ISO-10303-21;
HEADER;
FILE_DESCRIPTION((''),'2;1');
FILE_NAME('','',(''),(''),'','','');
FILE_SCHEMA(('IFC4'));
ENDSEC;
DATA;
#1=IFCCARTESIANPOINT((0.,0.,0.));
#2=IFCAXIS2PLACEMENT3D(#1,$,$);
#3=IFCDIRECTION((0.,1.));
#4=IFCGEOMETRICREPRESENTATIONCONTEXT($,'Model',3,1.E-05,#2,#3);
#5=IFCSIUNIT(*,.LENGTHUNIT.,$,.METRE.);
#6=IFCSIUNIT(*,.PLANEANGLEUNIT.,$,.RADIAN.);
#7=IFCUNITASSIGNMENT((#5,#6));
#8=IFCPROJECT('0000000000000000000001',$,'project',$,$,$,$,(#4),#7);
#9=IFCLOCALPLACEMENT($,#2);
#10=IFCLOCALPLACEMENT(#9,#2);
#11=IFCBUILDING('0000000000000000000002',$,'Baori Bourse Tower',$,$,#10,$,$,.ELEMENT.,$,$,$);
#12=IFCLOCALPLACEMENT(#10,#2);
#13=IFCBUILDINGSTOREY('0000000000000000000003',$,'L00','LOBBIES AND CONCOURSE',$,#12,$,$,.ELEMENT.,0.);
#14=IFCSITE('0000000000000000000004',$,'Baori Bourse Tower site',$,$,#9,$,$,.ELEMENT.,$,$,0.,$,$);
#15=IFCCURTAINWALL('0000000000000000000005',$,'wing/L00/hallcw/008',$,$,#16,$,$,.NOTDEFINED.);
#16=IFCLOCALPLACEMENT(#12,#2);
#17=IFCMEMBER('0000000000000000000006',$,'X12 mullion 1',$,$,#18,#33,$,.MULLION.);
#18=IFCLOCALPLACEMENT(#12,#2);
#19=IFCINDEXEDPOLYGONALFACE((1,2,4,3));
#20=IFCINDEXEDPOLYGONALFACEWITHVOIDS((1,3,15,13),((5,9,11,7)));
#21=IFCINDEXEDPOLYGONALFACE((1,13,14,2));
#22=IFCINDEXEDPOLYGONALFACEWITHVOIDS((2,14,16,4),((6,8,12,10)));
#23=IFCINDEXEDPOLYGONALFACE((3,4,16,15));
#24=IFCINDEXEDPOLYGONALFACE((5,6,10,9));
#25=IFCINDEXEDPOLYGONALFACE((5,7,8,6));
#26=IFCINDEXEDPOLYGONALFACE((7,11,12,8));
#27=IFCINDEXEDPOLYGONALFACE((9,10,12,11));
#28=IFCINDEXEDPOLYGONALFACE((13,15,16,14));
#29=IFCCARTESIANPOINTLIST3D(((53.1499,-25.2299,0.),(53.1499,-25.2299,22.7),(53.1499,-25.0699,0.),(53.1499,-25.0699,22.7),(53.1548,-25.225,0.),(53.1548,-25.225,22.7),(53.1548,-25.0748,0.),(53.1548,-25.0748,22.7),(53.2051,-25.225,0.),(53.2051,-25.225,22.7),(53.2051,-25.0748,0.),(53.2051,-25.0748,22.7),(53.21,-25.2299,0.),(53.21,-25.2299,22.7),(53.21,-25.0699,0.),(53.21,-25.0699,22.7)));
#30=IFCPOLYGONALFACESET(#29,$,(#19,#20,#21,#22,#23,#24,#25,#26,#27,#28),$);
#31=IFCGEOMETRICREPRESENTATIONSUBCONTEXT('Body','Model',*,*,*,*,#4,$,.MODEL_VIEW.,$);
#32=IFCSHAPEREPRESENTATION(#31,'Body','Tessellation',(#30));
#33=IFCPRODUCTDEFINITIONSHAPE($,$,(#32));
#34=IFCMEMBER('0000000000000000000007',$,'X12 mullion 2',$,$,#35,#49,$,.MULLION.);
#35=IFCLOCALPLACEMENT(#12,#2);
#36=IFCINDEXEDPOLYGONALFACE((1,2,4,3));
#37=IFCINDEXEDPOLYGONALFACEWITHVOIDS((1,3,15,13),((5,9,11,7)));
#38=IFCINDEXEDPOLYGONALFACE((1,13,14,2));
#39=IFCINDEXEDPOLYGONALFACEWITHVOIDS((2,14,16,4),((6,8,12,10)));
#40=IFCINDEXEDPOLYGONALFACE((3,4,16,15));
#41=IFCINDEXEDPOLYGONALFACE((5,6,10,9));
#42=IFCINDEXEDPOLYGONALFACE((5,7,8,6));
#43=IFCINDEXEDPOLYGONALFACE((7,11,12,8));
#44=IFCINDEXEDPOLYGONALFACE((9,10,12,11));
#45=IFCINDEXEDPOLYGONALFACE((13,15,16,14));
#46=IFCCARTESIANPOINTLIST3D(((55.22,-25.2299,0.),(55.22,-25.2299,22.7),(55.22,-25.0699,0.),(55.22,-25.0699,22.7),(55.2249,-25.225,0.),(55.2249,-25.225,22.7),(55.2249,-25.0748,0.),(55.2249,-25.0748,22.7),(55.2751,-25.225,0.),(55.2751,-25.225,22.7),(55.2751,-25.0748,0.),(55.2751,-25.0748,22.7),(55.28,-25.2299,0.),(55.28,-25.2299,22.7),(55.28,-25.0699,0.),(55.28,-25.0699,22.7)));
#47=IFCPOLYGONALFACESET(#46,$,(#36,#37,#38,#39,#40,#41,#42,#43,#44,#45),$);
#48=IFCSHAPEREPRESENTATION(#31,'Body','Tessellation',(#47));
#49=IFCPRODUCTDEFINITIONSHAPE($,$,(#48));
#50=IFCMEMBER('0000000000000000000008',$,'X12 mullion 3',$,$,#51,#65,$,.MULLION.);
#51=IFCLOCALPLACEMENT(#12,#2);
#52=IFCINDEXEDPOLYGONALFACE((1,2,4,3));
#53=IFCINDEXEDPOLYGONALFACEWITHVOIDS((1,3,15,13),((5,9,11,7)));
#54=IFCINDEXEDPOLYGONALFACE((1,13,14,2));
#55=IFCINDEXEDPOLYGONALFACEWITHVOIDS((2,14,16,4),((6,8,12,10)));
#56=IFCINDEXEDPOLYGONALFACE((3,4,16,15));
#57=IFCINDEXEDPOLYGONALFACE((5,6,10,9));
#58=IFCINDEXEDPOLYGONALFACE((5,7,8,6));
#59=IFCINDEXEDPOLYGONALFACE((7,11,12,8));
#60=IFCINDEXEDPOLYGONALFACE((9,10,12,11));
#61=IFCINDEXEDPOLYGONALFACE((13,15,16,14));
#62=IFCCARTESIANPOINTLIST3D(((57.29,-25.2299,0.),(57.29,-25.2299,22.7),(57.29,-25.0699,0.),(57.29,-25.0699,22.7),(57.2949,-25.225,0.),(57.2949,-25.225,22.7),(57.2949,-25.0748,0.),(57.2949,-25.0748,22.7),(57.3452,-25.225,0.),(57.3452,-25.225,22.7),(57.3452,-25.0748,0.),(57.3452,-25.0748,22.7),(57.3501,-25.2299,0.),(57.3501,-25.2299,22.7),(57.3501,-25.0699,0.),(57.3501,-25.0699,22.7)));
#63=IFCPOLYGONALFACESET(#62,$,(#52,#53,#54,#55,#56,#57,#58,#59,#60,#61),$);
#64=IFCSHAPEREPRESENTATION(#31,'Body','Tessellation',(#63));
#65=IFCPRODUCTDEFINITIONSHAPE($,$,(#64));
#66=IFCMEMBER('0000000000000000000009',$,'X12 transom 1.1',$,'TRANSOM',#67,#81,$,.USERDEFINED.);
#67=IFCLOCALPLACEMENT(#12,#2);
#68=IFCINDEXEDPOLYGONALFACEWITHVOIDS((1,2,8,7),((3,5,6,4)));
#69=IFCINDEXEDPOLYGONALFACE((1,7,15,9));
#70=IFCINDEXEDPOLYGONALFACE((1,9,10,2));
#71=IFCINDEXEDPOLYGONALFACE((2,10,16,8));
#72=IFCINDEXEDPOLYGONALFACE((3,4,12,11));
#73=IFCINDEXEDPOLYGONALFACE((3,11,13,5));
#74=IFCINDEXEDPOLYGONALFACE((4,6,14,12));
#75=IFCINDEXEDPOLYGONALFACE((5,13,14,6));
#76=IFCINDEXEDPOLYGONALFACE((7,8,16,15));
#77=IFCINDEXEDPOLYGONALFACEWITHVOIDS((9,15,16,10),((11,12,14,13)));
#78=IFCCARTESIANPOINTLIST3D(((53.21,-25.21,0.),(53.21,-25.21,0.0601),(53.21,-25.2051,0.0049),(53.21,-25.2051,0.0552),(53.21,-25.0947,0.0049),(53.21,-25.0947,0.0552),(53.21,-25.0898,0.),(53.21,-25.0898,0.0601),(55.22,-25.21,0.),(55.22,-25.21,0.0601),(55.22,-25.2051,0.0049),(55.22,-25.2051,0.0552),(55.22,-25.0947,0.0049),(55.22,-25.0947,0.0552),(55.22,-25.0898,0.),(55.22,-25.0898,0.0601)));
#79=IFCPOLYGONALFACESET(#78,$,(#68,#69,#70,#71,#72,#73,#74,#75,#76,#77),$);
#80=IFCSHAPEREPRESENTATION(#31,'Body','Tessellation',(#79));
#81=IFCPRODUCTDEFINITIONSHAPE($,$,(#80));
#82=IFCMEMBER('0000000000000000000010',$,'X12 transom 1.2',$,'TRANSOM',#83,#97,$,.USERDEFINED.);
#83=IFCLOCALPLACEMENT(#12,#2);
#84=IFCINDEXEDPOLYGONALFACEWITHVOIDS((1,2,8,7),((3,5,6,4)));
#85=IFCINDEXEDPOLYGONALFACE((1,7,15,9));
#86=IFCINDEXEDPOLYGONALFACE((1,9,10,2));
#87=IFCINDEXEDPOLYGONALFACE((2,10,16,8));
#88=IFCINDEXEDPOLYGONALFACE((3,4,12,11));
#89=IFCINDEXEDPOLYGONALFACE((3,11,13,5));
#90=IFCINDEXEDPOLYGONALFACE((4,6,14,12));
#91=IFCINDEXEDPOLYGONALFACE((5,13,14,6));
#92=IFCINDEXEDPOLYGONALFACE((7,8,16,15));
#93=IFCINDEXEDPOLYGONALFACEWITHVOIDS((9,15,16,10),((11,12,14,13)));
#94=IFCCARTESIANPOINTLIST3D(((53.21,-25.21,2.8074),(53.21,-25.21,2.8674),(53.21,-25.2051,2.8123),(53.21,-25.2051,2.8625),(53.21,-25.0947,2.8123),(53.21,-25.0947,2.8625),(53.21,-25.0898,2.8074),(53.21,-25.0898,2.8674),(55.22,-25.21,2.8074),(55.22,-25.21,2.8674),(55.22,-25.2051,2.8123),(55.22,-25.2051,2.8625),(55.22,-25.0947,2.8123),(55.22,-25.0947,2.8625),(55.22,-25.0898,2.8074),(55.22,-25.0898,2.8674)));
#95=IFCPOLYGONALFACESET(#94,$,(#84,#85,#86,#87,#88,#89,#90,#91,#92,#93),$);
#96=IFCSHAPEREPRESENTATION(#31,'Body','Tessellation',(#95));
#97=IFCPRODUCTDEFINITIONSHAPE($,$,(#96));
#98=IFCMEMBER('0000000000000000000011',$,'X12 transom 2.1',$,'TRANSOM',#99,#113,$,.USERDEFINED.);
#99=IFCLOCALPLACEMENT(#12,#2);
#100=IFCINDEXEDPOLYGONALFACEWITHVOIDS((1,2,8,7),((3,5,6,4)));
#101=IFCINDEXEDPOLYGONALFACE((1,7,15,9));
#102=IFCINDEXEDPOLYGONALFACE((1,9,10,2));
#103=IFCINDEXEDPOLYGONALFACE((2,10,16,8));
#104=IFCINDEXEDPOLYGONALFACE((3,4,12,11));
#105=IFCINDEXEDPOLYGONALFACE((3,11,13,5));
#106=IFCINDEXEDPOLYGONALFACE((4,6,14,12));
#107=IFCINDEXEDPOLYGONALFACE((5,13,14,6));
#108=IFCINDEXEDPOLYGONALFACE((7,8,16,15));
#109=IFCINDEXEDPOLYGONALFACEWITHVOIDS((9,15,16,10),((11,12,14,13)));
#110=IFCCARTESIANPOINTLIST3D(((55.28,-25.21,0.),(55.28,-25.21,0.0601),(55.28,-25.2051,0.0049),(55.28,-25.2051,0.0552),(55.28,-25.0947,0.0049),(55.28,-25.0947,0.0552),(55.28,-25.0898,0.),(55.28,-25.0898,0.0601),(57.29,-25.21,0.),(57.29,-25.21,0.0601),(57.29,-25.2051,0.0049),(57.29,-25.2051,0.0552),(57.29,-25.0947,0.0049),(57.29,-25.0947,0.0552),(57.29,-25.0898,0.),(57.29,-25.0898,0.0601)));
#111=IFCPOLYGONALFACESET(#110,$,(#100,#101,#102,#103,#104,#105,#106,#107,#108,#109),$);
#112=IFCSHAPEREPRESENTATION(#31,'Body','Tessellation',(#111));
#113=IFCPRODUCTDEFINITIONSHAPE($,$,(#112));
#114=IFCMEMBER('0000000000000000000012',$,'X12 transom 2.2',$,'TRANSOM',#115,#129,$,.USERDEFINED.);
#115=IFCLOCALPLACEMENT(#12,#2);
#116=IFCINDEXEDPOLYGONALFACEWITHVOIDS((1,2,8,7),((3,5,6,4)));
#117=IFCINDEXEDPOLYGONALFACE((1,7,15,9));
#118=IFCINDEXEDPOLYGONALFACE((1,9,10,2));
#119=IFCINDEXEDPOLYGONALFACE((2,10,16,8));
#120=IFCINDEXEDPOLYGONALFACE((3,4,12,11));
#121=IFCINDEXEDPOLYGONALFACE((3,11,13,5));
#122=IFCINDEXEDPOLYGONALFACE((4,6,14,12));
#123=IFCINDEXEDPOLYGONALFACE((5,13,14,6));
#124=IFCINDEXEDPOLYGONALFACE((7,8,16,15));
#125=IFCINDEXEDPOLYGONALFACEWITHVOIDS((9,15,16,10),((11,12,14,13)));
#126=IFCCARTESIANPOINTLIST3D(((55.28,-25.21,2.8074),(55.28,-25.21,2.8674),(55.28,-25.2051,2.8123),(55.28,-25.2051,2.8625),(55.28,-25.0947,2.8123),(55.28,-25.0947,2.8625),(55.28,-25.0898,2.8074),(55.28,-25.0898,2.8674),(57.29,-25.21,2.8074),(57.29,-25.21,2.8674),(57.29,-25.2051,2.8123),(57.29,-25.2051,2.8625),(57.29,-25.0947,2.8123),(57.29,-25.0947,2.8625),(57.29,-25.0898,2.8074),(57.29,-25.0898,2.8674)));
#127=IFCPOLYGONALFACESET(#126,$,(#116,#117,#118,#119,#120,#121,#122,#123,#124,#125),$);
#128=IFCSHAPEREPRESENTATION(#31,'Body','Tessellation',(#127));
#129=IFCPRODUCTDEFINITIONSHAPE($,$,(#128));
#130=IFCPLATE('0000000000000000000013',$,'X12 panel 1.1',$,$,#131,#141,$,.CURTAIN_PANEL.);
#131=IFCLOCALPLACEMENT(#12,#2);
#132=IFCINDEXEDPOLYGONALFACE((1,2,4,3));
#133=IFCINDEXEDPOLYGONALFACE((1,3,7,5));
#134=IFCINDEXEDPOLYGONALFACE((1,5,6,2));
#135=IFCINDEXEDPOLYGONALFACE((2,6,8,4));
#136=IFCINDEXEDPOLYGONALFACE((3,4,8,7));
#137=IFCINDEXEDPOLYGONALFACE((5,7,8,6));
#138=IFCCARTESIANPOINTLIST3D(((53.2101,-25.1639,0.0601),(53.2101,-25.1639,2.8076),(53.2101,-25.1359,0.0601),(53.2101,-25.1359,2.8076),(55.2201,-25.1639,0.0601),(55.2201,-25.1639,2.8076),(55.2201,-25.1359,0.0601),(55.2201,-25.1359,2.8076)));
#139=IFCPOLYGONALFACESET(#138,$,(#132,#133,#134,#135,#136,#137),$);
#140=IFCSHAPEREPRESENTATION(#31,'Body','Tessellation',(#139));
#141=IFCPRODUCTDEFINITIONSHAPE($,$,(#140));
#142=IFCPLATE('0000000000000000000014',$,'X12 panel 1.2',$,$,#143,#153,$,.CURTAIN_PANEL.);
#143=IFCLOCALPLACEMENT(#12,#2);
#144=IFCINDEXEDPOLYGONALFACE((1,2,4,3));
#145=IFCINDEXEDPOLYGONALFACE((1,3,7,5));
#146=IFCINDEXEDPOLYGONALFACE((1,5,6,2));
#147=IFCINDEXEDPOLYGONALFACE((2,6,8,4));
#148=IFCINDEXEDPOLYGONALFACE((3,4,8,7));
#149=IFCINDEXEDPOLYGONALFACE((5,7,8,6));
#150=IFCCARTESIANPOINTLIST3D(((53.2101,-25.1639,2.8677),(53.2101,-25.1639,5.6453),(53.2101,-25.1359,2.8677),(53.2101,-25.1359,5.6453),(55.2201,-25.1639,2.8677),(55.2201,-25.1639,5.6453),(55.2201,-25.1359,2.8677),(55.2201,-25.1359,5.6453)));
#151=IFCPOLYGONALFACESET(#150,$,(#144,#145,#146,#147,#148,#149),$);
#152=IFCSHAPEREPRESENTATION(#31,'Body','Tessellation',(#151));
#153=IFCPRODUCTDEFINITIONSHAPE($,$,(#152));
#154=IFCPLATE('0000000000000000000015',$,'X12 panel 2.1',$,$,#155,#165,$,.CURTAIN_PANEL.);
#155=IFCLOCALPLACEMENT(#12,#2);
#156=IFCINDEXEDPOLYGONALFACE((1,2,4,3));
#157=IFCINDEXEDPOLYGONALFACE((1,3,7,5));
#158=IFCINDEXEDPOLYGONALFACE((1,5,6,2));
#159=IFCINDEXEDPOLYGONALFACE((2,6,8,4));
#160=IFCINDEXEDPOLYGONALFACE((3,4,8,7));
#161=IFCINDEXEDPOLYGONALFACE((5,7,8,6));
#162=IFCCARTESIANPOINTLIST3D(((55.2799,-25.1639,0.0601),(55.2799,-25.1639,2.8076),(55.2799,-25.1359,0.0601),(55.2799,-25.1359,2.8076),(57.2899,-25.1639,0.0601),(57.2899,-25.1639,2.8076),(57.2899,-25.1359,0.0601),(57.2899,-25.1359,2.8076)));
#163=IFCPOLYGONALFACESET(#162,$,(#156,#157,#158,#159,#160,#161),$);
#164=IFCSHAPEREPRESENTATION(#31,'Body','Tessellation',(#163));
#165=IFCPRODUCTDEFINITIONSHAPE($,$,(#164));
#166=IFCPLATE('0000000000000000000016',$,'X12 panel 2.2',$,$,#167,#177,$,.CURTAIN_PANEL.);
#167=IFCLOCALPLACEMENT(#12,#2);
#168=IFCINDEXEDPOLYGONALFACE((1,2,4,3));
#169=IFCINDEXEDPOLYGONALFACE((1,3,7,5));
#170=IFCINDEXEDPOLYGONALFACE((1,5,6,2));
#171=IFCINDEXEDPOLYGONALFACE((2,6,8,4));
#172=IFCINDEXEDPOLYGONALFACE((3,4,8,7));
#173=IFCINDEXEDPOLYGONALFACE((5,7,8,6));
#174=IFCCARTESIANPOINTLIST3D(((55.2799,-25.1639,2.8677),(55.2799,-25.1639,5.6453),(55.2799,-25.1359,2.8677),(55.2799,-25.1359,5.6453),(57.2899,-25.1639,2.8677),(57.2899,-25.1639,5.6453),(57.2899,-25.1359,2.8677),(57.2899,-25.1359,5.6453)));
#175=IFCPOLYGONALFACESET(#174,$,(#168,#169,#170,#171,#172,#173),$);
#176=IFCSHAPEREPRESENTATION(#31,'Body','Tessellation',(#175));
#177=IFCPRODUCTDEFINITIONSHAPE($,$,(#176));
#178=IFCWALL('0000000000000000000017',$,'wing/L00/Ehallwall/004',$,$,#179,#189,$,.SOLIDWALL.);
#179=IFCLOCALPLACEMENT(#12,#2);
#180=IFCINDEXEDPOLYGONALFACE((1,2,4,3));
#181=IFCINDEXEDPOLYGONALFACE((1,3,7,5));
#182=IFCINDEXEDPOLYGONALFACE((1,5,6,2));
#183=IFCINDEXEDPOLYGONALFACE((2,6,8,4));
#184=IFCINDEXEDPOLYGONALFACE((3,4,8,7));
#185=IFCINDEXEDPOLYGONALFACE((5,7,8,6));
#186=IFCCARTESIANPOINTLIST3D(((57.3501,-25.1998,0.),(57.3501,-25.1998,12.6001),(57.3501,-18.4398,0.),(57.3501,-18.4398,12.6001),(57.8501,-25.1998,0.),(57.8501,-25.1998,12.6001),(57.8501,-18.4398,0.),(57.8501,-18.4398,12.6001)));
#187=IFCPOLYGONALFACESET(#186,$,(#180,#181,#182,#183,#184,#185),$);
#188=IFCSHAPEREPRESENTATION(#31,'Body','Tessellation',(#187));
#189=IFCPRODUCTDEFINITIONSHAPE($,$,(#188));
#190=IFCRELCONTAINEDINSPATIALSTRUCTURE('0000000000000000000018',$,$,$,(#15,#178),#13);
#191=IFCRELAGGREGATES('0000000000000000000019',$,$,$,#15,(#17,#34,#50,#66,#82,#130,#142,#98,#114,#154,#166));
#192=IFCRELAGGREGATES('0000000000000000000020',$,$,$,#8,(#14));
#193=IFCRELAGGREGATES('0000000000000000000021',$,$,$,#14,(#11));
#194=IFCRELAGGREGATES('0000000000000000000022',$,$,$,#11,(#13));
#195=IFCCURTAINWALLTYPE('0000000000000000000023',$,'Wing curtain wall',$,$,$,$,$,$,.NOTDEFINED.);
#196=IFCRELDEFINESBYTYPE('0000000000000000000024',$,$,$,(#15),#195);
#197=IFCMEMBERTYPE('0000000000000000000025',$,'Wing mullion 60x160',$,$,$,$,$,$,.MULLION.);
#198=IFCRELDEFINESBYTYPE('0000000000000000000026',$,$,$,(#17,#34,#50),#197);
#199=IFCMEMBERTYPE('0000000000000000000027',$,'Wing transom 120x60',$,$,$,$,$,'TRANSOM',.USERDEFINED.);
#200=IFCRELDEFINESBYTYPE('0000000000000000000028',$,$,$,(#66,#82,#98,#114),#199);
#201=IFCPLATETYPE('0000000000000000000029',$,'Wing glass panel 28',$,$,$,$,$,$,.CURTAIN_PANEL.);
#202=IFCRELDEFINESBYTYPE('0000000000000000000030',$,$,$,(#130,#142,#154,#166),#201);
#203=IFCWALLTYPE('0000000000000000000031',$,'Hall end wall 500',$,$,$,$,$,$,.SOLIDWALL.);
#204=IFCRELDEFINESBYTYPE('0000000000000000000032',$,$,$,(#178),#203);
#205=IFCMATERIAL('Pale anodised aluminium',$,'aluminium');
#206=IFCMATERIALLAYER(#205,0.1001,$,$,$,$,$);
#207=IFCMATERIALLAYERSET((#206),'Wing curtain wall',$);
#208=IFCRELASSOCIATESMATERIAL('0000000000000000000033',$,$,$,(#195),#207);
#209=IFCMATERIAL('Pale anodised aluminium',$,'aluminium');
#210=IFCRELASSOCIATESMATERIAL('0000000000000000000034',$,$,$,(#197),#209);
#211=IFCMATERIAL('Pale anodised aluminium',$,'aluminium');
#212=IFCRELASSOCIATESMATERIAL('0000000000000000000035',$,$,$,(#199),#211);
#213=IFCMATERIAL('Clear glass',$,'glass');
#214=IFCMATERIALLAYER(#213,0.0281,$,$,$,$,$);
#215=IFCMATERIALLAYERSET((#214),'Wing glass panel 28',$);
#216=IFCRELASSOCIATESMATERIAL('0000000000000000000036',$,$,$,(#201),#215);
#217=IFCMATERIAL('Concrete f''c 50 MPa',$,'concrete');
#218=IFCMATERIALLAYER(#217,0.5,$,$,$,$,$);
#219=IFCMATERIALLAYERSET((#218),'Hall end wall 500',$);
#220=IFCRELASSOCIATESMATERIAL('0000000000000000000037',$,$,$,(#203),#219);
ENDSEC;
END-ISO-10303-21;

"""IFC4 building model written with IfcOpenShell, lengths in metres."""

from ifc_helpers import new_model, si_unit, direction, frame, frame_2d, origin, origin_2d, place, context, subcontext, project, spatial, rectangle, hollow_rectangle, extrude, material, layer, layer_set, material_profile, profile_set, type_object, element, aggregate, save


model = new_model("IFC4")

# Units and contexts
model_context = context("Model", 3, precision=1e-05, world=origin(), true_north=direction((0.0, 1.0)))
body_context = subcontext(model_context, "Body", "Model", "MODEL_VIEW")
ifc_project = project(units=[si_unit("LENGTHUNIT", "METRE"), si_unit("PLANEANGLEUNIT", "RADIAN")], contexts=[model_context])

# Site, building, storey
site_placement = place(None, origin())
site = spatial("IfcSite", under=ifc_project, at=site_placement, Name="Baori Bourse Tower site", CompositionType="ELEMENT", RefElevation=0.0)
building_placement = place(site_placement, origin())
building = spatial("IfcBuilding", under=site, at=building_placement, Name="Baori Bourse Tower", CompositionType="ELEMENT")
storey_placement = place(building_placement, origin())
storey = spatial("IfcBuildingStorey", under=building, at=storey_placement, Name="L00", Description="LOBBIES AND CONCOURSE", CompositionType="ELEMENT", Elevation=0.0)

# Shared definitions
ifc_material_1 = material(Name="Pale anodised aluminium", Category="aluminium")
ifc_layer_1 = layer(ifc_material_1, 0.1001)
ifc_layer_set_1 = layer_set([ifc_layer_1], Name="Wing curtain wall")
curtain_wall_type = type_object("IfcCurtainWallType", Name="Wing curtain wall", PredefinedType="NOTDEFINED", material=ifc_layer_set_1)
ifc_material_2 = material(Name="Pale anodised aluminium", Category="aluminium")
ifc_material_profile_1 = material_profile(ifc_material_2, hollow_rectangle(XDim=0.1599, YDim=0.0601, WallThickness=0.0049, at=origin_2d()), Name="Mullion 160x60x5")
ifc_profile_set_1 = profile_set([ifc_material_profile_1], Name="Pale anodised aluminium")
member_type_1 = type_object("IfcMemberType", Name="Wing mullion 60x160", PredefinedType="MULLION", material=ifc_profile_set_1)

# Curtain wall, members, plates
curtain_wall_1_placement = place(storey_placement, origin())
curtain_wall_1 = element("IfcCurtainWall", 1, at=curtain_wall_1_placement, inside=storey, type_object=curtain_wall_type, Name="wing/L00/hallcw/008", PredefinedType="NOTDEFINED")
member_1_placement = place(storey_placement, frame((53.1799, -25.1499, 0.0), z_axis=(0.0, 0.0, 1.0), x_axis=(0.0, 1.0, 0.0)))
member_1 = element("IfcMember", 2, at=member_1_placement, type_object=member_type_1, Name="X12 mullion 1", PredefinedType="MULLION", context=body_context, shape_type="SweptSolid", body=[
    extrude(hollow_rectangle(XDim=0.1599, YDim=0.0601, WallThickness=0.0049, at=origin_2d()), origin(), (0.0, 0.0, 1.0), 22.7),
])
member_2_placement = place(storey_placement, frame((55.25, -25.1499, 0.0), z_axis=(0.0, 0.0, 1.0), x_axis=(0.0, 1.0, 0.0)))
member_2 = element("IfcMember", 3, at=member_2_placement, type_object=member_type_1, Name="X12 mullion 2", PredefinedType="MULLION", context=body_context, shape_type="SweptSolid", body=[
    extrude(hollow_rectangle(XDim=0.1599, YDim=0.0601, WallThickness=0.0049, at=origin_2d()), origin(), (0.0, 0.0, 1.0), 22.7),
])
member_3_placement = place(storey_placement, frame((57.3201, -25.1499, 0.0), z_axis=(0.0, 0.0, 1.0), x_axis=(0.0, 1.0, 0.0)))
member_3 = element("IfcMember", 4, at=member_3_placement, type_object=member_type_1, Name="X12 mullion 3", PredefinedType="MULLION", context=body_context, shape_type="SweptSolid", body=[
    extrude(hollow_rectangle(XDim=0.1599, YDim=0.0601, WallThickness=0.0049, at=origin_2d()), origin(), (0.0, 0.0, 1.0), 22.7),
])
ifc_material_3 = material(Name="Pale anodised aluminium", Category="aluminium")
ifc_material_profile_2 = material_profile(ifc_material_3, hollow_rectangle(XDim=0.1201, YDim=0.0601, WallThickness=0.0049, at=origin_2d()), Name="Transom 120x60x5")
ifc_profile_set_2 = profile_set([ifc_material_profile_2], Name="Pale anodised aluminium")
member_type_2 = type_object("IfcMemberType", Name="Wing transom 120x60", ElementType="TRANSOM", PredefinedType="USERDEFINED", material=ifc_profile_set_2)
member_4_placement = place(storey_placement, frame((53.21, -25.1499, 0.03), z_axis=(1.0, 0.0, 0.0), x_axis=(0.0, 1.0, 0.0)))
member_4 = element("IfcMember", 5, at=member_4_placement, type_object=member_type_2, Name="X12 transom 1.1", ObjectType="TRANSOM", PredefinedType="USERDEFINED", context=body_context, shape_type="SweptSolid", body=[
    extrude(hollow_rectangle(XDim=0.1201, YDim=0.0601, WallThickness=0.0049, at=origin_2d()), origin(), (0.0, 0.0, 1.0), 2.01),
])
member_5_placement = place(storey_placement, frame((53.21, -25.1499, 2.8374), z_axis=(1.0, 0.0, 0.0), x_axis=(0.0, 1.0, 0.0)))
member_5 = element("IfcMember", 6, at=member_5_placement, type_object=member_type_2, Name="X12 transom 1.2", ObjectType="TRANSOM", PredefinedType="USERDEFINED", context=body_context, shape_type="SweptSolid", body=[
    extrude(hollow_rectangle(XDim=0.1201, YDim=0.0601, WallThickness=0.0049, at=origin_2d()), origin(), (0.0, 0.0, 1.0), 2.01),
])
member_6_placement = place(storey_placement, frame((55.28, -25.1499, 0.03), z_axis=(1.0, 0.0, 0.0), x_axis=(0.0, 1.0, 0.0)))
member_6 = element("IfcMember", 7, at=member_6_placement, type_object=member_type_2, Name="X12 transom 2.1", ObjectType="TRANSOM", PredefinedType="USERDEFINED", context=body_context, shape_type="SweptSolid", body=[
    extrude(hollow_rectangle(XDim=0.1201, YDim=0.0601, WallThickness=0.0049, at=origin_2d()), origin(), (0.0, 0.0, 1.0), 2.01),
])
member_7_placement = place(storey_placement, frame((55.28, -25.1499, 2.8374), z_axis=(1.0, 0.0, 0.0), x_axis=(0.0, 1.0, 0.0)))
member_7 = element("IfcMember", 8, at=member_7_placement, type_object=member_type_2, Name="X12 transom 2.2", ObjectType="TRANSOM", PredefinedType="USERDEFINED", context=body_context, shape_type="SweptSolid", body=[
    extrude(hollow_rectangle(XDim=0.1201, YDim=0.0601, WallThickness=0.0049, at=origin_2d()), origin(), (0.0, 0.0, 1.0), 2.01),
])
ifc_material_4 = material(Name="Clear glass", Category="glass")
ifc_layer_2 = layer(ifc_material_4, 0.0281)
ifc_layer_set_2 = layer_set([ifc_layer_2], Name="Wing glass panel 28")
plate_type = type_object("IfcPlateType", Name="Wing glass panel 28", PredefinedType="CURTAIN_PANEL", material=ifc_layer_set_2)
plate_1_placement = place(storey_placement, frame((54.2151, -25.1499, 0.0601), z_axis=(0.0, 0.0, 1.0), x_axis=(1.0, 0.0, 0.0)))
plate_1 = element("IfcPlate", 9, at=plate_1_placement, type_object=plate_type, Name="X12 panel 1.1", PredefinedType="CURTAIN_PANEL", context=body_context, shape_type="SweptSolid", body=[
    extrude(rectangle(XDim=2.01, YDim=0.0281, at=origin_2d()), origin(), (0.0, 0.0, 1.0), 2.7476),
])
plate_2_placement = place(storey_placement, frame((54.2151, -25.1499, 2.8677), z_axis=(0.0, 0.0, 1.0), x_axis=(1.0, 0.0, 0.0)))
plate_2 = element("IfcPlate", 10, at=plate_2_placement, type_object=plate_type, Name="X12 panel 1.2", PredefinedType="CURTAIN_PANEL", context=body_context, shape_type="SweptSolid", body=[
    extrude(rectangle(XDim=2.01, YDim=0.0281, at=origin_2d()), origin(), (0.0, 0.0, 1.0), 2.7776),
])
plate_3_placement = place(storey_placement, frame((56.2849, -25.1499, 0.0601), z_axis=(0.0, 0.0, 1.0), x_axis=(1.0, 0.0, 0.0)))
plate_3 = element("IfcPlate", 11, at=plate_3_placement, type_object=plate_type, Name="X12 panel 2.1", PredefinedType="CURTAIN_PANEL", context=body_context, shape_type="SweptSolid", body=[
    extrude(rectangle(XDim=2.01, YDim=0.0281, at=origin_2d()), origin(), (0.0, 0.0, 1.0), 2.7476),
])
plate_4_placement = place(storey_placement, frame((56.2849, -25.1499, 2.8677), z_axis=(0.0, 0.0, 1.0), x_axis=(1.0, 0.0, 0.0)))
plate_4 = element("IfcPlate", 12, at=plate_4_placement, type_object=plate_type, Name="X12 panel 2.2", PredefinedType="CURTAIN_PANEL", context=body_context, shape_type="SweptSolid", body=[
    extrude(rectangle(XDim=2.01, YDim=0.0281, at=origin_2d()), origin(), (0.0, 0.0, 1.0), 2.7776),
])
aggregate(curtain_wall_1, [member_1, member_2, member_3, member_4, member_5, plate_1, plate_2, member_6, member_7, plate_3, plate_4])

# Wall
ifc_material_5 = material(Name="Concrete f'c 50 MPa", Category="concrete")
ifc_layer_3 = layer(ifc_material_5, 0.5)
ifc_layer_set_3 = layer_set([ifc_layer_3], Name="Hall end wall 500")
wall_type = type_object("IfcWallType", Name="Hall end wall 500", PredefinedType="SOLIDWALL", material=ifc_layer_set_3)
wall_placement = place(storey_placement, frame((57.6001, -18.4399, 0.0), z_axis=(0.0, 0.0, 1.0), x_axis=(0.0, -1.0, 0.0)))
element("IfcWall", 13, at=wall_placement, inside=storey, type_object=wall_type, Name="wing/L00/Ehallwall/004", PredefinedType="SOLIDWALL", context=body_context, shape_type="SweptSolid", body=[
    extrude(rectangle(XDim=6.76, YDim=0.5, at=frame_2d((3.3799, 0.0))), origin(), (0.0, 0.0, 1.0), 12.6001),
])

save(model, "model.ifc")
